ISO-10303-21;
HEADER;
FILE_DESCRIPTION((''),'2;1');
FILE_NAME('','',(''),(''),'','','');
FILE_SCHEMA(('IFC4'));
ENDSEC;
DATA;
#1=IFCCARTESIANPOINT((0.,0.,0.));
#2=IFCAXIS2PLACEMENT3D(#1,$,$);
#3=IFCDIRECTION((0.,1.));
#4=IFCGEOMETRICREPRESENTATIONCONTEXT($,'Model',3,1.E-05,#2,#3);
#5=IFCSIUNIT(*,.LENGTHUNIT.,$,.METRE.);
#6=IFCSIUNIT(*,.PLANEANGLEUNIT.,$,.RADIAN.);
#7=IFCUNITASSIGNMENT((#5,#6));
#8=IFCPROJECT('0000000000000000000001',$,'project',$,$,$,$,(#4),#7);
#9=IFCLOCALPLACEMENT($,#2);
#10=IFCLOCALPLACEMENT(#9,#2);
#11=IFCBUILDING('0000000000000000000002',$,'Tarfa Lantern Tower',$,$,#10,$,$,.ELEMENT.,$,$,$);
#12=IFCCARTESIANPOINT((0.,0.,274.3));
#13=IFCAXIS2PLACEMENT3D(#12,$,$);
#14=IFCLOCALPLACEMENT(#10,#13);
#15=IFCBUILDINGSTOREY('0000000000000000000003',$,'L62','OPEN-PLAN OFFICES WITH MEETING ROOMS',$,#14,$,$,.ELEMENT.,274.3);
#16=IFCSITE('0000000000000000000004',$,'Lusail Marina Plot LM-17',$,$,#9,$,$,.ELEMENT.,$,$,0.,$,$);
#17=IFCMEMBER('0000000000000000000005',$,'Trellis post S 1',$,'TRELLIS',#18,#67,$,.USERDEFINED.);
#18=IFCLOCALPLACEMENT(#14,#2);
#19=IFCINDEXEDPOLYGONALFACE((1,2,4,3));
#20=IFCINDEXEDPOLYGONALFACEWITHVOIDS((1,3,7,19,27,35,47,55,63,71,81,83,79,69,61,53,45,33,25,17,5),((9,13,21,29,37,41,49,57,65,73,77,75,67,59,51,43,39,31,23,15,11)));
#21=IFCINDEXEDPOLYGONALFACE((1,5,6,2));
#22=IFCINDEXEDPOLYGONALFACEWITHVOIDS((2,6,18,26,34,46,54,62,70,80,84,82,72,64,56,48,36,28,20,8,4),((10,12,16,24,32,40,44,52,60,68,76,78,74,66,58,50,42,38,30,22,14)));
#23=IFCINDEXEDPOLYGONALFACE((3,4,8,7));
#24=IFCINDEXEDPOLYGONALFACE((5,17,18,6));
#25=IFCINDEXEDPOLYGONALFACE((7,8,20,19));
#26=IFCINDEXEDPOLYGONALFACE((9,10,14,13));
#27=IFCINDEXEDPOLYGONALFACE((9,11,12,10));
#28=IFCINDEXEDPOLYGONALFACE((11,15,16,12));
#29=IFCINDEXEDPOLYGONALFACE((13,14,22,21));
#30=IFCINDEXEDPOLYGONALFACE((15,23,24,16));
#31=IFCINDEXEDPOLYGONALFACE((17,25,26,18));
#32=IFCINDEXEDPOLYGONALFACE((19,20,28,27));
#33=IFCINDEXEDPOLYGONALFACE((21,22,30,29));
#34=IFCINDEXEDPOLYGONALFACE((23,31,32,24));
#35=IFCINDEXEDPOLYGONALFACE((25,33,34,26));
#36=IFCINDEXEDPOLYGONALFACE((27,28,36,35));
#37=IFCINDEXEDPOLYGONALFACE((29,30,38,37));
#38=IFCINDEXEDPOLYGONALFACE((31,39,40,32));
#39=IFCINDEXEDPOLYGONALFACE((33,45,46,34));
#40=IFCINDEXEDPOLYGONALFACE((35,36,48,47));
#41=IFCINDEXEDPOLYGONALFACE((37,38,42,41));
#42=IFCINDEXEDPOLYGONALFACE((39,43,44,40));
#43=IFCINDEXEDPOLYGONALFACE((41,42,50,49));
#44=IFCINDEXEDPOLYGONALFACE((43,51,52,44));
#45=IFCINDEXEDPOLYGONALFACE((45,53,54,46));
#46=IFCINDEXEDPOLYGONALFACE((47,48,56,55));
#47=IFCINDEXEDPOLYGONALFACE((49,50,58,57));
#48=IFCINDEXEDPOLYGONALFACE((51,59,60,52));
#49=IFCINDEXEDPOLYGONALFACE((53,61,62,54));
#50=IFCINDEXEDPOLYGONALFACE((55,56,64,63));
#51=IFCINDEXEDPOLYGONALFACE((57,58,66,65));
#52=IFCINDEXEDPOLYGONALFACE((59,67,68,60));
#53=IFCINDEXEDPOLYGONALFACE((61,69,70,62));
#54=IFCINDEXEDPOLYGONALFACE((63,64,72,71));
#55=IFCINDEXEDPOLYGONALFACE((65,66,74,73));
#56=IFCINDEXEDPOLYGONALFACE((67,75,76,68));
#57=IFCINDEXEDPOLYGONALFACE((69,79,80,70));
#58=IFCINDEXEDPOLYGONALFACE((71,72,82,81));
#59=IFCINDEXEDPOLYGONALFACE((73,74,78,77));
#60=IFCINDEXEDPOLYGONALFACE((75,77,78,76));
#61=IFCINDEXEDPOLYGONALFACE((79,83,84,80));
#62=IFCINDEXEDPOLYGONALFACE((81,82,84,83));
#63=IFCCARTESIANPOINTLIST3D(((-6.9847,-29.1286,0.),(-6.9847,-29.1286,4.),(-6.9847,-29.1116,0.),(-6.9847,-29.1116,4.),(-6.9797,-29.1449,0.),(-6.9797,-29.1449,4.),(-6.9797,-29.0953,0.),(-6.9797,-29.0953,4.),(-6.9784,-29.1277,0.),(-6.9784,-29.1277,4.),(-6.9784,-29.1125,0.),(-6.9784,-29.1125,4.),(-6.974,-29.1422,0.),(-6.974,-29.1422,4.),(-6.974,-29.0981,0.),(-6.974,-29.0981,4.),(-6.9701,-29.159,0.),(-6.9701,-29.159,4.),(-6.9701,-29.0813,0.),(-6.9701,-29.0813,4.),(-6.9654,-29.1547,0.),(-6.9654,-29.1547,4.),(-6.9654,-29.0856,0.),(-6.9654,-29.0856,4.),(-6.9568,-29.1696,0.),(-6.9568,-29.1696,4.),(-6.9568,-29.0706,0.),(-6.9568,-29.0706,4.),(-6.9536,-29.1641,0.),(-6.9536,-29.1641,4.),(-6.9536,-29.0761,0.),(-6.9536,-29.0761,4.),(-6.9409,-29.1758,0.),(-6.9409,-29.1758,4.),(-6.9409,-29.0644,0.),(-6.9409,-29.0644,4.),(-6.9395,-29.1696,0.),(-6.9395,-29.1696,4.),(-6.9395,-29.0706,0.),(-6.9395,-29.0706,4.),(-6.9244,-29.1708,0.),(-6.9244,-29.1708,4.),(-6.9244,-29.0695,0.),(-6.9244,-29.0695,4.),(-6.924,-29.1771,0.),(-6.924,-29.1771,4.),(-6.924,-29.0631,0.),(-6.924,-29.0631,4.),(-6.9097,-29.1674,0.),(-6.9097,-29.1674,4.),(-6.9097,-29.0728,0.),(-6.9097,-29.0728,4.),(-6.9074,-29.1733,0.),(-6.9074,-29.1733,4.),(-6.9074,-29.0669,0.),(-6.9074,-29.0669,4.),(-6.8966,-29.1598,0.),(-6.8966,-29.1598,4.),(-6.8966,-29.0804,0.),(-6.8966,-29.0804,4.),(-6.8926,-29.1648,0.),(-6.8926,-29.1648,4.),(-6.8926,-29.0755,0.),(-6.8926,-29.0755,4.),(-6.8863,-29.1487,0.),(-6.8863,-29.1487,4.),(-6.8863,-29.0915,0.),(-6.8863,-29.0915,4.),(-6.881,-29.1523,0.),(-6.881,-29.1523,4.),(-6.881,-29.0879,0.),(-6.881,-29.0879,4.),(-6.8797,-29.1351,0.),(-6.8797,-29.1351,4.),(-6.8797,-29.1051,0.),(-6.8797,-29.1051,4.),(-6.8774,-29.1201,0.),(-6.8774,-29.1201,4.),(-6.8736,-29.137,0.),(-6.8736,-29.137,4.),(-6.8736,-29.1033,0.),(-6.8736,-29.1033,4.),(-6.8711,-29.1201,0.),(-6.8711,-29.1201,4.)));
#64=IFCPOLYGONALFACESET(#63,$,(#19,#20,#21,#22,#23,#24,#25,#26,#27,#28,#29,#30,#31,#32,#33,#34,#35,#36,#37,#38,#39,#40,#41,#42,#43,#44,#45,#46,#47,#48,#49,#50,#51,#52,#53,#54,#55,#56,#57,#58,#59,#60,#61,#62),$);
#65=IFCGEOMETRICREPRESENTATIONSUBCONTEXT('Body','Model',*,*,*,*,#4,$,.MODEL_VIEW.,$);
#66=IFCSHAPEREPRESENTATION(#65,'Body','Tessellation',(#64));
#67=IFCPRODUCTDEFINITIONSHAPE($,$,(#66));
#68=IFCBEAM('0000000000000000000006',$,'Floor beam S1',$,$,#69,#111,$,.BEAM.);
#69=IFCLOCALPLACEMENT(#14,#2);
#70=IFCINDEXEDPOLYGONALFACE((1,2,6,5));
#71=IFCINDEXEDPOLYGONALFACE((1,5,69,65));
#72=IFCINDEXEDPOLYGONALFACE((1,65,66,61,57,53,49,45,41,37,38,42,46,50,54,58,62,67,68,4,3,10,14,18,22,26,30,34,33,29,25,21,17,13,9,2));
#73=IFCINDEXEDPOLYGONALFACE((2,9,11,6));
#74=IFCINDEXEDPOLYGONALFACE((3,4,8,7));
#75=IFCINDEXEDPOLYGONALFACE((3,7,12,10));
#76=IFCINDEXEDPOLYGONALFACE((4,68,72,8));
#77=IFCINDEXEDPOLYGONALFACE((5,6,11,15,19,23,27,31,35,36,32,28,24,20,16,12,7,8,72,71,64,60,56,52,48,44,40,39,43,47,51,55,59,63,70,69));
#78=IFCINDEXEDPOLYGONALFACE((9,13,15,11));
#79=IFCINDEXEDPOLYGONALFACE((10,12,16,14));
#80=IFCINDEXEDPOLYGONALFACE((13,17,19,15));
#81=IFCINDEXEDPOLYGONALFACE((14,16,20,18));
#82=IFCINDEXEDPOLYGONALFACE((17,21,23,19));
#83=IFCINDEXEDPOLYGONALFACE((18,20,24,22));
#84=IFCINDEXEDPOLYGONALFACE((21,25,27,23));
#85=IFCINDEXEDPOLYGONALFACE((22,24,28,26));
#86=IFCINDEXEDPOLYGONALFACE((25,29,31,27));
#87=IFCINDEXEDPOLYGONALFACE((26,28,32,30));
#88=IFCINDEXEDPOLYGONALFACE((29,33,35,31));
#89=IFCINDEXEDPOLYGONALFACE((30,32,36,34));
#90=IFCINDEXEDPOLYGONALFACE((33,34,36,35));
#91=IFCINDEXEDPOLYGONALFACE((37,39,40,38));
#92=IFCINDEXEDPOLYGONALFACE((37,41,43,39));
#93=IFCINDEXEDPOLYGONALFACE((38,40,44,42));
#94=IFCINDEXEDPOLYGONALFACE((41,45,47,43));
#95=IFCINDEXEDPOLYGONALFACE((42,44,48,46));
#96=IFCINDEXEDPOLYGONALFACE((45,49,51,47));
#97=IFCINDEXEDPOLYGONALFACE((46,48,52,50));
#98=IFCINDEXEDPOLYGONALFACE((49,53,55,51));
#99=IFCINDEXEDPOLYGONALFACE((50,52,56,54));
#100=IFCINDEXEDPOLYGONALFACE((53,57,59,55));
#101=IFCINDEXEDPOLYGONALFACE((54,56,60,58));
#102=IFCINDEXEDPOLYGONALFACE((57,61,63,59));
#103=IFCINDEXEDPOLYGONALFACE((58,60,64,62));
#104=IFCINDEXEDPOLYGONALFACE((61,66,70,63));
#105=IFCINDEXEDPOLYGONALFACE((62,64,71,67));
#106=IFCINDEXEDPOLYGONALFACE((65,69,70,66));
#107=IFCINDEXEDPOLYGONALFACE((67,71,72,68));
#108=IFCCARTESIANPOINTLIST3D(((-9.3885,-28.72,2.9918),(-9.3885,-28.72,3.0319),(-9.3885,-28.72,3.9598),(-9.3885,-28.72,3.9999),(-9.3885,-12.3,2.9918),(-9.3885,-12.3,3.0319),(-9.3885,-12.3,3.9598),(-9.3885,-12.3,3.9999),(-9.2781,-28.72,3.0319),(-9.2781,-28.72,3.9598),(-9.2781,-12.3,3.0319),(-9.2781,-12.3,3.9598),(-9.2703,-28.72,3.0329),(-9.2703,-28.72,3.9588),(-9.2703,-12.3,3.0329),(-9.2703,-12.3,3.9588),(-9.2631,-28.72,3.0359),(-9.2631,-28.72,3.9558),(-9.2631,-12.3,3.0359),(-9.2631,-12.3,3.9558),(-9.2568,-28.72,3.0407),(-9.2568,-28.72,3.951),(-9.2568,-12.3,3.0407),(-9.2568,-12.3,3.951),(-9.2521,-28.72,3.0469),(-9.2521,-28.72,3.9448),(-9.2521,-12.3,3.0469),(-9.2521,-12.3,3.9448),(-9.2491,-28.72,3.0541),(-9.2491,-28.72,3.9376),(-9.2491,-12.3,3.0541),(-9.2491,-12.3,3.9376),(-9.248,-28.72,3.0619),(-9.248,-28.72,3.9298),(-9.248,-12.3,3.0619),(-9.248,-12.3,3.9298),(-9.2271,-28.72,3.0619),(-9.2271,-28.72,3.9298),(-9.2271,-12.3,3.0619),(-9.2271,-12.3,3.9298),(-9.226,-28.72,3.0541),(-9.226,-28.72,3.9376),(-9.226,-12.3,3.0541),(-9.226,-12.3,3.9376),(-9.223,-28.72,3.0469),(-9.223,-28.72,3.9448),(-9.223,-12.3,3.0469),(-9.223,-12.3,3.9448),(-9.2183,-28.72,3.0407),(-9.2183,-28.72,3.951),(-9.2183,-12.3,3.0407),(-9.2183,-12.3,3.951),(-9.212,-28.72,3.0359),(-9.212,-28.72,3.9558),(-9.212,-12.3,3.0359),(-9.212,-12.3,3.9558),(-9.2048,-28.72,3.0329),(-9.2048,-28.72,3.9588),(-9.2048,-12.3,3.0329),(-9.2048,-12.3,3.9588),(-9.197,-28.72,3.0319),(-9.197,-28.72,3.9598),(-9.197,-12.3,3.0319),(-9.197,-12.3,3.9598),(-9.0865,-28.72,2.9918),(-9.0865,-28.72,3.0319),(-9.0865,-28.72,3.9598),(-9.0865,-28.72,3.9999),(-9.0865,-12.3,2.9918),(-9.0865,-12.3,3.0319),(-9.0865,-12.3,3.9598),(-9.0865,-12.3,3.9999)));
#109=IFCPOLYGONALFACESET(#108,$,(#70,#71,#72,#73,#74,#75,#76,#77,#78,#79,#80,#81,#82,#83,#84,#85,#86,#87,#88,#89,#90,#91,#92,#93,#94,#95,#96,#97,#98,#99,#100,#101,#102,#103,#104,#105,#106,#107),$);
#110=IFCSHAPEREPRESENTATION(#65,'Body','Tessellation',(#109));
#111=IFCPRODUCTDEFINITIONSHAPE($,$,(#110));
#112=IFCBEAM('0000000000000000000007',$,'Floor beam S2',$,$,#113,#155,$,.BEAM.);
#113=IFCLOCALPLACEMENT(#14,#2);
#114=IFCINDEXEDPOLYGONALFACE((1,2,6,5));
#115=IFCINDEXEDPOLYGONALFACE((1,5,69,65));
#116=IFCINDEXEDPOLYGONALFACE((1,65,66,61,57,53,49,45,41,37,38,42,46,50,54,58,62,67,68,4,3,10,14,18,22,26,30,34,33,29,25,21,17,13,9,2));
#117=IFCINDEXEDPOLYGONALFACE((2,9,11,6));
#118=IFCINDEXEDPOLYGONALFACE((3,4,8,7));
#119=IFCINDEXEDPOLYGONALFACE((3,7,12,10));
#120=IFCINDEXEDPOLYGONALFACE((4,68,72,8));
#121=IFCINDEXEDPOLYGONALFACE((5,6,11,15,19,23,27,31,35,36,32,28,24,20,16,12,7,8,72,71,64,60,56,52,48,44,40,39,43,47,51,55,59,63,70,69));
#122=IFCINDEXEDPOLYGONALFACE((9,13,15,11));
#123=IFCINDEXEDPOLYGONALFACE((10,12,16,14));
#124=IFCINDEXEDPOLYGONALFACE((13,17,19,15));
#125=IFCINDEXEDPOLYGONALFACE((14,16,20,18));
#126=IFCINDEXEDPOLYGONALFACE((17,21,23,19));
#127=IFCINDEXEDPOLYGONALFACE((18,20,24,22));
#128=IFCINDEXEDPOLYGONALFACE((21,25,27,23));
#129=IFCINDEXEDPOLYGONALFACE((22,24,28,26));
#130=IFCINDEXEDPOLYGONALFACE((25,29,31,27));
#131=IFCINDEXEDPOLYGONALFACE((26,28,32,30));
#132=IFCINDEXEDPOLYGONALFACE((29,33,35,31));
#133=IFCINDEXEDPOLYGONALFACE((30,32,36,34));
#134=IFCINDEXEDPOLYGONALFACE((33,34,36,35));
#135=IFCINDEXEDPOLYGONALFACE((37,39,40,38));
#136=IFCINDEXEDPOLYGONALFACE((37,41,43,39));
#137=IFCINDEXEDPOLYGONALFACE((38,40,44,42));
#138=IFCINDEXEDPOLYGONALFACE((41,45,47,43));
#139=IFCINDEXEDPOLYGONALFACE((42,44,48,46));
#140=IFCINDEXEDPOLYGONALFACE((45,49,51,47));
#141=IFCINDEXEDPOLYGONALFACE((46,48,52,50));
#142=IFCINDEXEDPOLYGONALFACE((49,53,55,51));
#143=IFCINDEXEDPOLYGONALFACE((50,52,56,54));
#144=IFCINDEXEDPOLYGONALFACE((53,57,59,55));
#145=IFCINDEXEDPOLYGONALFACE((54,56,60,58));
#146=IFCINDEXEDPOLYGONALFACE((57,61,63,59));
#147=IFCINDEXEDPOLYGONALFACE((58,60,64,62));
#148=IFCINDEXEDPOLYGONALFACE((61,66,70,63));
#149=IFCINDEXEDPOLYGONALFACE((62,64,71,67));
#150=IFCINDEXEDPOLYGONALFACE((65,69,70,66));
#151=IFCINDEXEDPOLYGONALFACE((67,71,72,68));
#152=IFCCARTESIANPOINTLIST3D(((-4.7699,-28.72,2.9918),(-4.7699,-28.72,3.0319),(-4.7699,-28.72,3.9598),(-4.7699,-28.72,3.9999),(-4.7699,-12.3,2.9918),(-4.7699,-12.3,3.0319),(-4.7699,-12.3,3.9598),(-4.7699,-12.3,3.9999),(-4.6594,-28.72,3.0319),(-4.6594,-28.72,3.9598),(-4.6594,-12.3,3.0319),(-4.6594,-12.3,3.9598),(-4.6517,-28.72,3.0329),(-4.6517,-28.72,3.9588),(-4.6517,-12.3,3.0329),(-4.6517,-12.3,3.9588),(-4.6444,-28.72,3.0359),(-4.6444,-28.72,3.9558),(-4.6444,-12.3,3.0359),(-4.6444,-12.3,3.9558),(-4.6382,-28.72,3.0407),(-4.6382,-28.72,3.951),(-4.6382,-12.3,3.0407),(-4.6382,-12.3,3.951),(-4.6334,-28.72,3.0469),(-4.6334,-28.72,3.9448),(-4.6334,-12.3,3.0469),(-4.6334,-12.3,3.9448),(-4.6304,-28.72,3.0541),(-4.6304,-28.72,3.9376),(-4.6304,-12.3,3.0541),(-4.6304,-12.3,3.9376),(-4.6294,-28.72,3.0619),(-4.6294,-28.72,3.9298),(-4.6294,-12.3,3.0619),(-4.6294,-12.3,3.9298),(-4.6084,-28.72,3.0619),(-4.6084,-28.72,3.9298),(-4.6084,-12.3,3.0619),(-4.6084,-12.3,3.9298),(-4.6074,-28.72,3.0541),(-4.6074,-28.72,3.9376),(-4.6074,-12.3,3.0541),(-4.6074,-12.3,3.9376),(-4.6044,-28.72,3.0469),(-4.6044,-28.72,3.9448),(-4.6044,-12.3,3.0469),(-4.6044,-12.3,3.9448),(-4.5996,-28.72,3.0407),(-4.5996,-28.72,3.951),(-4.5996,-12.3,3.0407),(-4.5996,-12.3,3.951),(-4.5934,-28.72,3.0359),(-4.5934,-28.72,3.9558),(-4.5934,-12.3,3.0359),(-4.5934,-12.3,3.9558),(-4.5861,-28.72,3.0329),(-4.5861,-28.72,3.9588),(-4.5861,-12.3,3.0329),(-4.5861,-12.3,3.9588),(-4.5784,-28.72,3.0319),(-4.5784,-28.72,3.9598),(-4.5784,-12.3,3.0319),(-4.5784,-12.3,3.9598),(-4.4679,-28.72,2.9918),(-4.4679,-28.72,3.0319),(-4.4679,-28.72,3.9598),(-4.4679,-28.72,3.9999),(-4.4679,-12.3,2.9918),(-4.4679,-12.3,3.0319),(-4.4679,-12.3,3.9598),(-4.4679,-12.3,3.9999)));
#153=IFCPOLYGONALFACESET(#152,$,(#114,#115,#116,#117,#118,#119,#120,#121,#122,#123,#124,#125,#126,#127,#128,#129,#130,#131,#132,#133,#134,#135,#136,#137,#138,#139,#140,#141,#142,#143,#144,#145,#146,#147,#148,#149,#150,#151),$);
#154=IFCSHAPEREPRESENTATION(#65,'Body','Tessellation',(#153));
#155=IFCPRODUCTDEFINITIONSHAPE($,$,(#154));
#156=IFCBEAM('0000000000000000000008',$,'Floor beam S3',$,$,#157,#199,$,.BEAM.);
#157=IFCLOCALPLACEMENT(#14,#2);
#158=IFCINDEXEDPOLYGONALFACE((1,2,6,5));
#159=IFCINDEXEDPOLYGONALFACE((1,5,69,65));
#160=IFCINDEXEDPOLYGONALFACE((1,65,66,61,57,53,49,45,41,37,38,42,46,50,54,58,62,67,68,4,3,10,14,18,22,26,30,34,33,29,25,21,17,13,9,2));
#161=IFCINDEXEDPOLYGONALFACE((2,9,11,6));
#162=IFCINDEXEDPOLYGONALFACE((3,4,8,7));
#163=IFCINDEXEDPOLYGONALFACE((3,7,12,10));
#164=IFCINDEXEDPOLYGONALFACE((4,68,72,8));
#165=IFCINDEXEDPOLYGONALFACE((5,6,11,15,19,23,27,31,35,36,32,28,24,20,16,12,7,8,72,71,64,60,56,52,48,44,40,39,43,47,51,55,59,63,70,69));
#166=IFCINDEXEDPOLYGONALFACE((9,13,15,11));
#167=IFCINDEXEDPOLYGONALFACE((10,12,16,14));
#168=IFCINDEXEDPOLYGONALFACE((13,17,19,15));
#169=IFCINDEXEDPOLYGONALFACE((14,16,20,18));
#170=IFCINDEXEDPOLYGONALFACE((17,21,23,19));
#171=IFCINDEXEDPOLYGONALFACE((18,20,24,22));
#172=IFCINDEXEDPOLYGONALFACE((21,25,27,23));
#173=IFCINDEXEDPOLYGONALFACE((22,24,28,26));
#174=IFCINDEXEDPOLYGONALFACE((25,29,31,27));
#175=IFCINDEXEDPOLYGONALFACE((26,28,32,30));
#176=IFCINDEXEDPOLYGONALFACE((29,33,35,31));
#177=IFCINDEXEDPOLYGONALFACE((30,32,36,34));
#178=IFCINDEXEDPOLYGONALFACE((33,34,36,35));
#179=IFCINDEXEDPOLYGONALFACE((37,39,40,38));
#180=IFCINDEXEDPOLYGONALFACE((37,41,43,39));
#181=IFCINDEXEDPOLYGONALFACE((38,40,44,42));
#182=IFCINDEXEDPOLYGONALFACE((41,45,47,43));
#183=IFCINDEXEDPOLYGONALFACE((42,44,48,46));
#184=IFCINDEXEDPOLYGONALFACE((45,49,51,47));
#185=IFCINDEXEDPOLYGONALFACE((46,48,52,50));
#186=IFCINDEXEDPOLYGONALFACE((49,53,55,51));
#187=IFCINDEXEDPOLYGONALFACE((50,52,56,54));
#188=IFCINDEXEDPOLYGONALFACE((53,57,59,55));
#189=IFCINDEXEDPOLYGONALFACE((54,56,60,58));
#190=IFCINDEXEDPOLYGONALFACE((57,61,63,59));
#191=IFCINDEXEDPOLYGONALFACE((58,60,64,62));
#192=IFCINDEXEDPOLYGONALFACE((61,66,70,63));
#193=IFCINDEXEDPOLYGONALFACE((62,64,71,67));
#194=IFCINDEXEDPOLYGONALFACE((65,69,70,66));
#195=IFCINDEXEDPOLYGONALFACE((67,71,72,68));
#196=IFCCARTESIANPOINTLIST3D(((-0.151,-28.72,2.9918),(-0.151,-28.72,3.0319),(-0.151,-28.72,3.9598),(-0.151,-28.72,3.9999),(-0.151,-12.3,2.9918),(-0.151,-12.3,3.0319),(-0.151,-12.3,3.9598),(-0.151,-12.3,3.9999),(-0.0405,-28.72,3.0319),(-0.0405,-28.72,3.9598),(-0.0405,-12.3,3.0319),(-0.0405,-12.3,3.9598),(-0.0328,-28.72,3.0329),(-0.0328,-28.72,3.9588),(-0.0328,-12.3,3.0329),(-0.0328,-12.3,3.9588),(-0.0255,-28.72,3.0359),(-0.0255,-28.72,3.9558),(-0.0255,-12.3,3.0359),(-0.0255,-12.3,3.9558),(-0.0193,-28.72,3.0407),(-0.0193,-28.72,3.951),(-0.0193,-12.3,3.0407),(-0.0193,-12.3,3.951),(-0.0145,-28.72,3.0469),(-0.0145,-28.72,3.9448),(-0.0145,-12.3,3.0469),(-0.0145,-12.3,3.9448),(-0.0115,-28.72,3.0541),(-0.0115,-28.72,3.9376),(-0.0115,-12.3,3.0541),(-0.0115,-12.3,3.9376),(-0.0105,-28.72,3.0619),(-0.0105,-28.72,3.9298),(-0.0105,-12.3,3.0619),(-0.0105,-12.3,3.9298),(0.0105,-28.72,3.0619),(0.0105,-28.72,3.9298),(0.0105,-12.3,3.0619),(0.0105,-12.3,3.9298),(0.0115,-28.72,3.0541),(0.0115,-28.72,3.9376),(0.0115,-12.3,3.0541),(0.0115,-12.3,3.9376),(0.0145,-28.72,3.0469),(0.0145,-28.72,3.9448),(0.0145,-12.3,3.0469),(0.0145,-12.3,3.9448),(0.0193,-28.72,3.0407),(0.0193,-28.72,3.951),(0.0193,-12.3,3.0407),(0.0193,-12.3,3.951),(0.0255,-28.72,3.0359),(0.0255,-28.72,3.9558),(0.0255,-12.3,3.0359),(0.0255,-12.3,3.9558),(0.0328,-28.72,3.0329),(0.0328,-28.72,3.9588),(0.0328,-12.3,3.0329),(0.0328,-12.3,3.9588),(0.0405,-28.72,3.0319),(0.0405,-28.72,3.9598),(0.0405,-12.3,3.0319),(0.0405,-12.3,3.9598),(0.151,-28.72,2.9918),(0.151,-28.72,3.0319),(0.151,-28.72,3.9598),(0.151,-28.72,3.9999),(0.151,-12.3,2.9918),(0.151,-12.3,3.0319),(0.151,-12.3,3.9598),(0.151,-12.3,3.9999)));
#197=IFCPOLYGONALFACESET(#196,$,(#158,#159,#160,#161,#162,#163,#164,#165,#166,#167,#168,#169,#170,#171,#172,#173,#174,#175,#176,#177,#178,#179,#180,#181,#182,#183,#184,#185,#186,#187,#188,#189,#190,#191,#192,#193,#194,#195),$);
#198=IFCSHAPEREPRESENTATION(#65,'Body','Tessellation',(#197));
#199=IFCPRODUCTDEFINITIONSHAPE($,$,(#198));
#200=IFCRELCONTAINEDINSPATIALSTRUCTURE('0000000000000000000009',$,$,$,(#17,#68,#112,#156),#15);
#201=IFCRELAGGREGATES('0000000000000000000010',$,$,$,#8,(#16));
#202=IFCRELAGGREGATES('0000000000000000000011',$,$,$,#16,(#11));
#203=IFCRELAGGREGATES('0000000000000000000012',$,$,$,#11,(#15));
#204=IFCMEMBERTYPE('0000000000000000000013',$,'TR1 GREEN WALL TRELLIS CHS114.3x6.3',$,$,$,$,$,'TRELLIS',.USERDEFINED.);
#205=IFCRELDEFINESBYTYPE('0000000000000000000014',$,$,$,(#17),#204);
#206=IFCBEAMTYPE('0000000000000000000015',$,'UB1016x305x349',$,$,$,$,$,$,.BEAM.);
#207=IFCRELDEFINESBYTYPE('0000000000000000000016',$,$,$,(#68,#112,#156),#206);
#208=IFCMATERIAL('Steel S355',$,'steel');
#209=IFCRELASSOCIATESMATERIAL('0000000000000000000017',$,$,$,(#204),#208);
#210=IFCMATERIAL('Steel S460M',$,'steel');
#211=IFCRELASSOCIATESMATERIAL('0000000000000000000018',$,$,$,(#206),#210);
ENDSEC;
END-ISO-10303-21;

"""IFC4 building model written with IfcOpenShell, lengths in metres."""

from ifc_helpers import new_model, si_unit, direction, frame, origin, origin_2d, place, context, subcontext, project, spatial, hollow_circle, i_section, extrude, material, material_profile, profile_set, type_object, element, save


model = new_model("IFC4")

# Units and contexts
model_context = context("Model", 3, precision=1e-05, world=origin(), true_north=direction((0.0, 1.0)))
body_context = subcontext(model_context, "Body", "Model", "MODEL_VIEW")
ifc_project = project(units=[si_unit("LENGTHUNIT", "METRE"), si_unit("PLANEANGLEUNIT", "RADIAN")], contexts=[model_context])

# Site, building, storey
site_placement = place(None, origin())
site = spatial("IfcSite", under=ifc_project, at=site_placement, Name="Lusail Marina Plot LM-17", CompositionType="ELEMENT", RefElevation=0.0)
building_placement = place(site_placement, origin())
building = spatial("IfcBuilding", under=site, at=building_placement, Name="Tarfa Lantern Tower", CompositionType="ELEMENT")
storey_placement = place(building_placement, frame((0.0, 0.0, 274.3)))
storey = spatial("IfcBuildingStorey", under=building, at=storey_placement, Name="L62", Description="OPEN-PLAN OFFICES WITH MEETING ROOMS", CompositionType="ELEMENT", Elevation=274.3)

# Member
ifc_material_1 = material(Name="Steel S355", Category="steel")
ifc_material_profile_1 = material_profile(ifc_material_1, hollow_circle(Radius=0.0571, WallThickness=0.0063, at=origin_2d()), Name="CHS114.3x6.3")
ifc_profile_set_1 = profile_set([ifc_material_profile_1], Name="Steel S355")
member_type_1 = type_object("IfcMemberType", Name="TR1 GREEN WALL TRELLIS CHS114.3x6.3", ElementType="TRELLIS", PredefinedType="USERDEFINED", material=ifc_profile_set_1)
member_1_placement = place(storey_placement, frame((-6.9282, -29.1201, 0.0), z_axis=(0.0, 0.0, 1.0), x_axis=(1.0, 0.0, 0.0)))
element("IfcMember", 1, at=member_1_placement, inside=storey, type_object=member_type_1, Name="Trellis post S 1", ObjectType="TRELLIS", PredefinedType="USERDEFINED", context=body_context, shape_type="SweptSolid", body=[
    extrude(hollow_circle(Radius=0.0571, WallThickness=0.0063, at=origin_2d()), origin(), (0.0, 0.0, 1.0), 4.0),
])

# Beams
ifc_material_2 = material(Name="Steel S460M", Category="steel")
ifc_material_profile_2 = material_profile(ifc_material_2, i_section(OverallWidth=0.302, OverallDepth=1.0081, WebThickness=0.021, FlangeThickness=0.04, FilletRadius=0.03, at=origin_2d()), Name="UB1016x305x349")
ifc_profile_set_2 = profile_set([ifc_material_profile_2], Name="Steel S460M")
beam_type_1 = type_object("IfcBeamType", Name="UB1016x305x349", PredefinedType="BEAM", material=ifc_profile_set_2)
for number, where, z_axis, x_axis, name in (
    (2, (-9.2375, -28.72, 3.4958), (0.0, 1.0, 0.0), (-1.0, 0.0, 0.0), "Floor beam S1"),
    (3, (-4.6189, -28.72, 3.4958), (0.0, 1.0, 0.0), (-1.0, 0.0, 0.0), "Floor beam S2"),
    (4, (0.0, -28.72, 3.4958), (0.0, 1.0, 0.0), (-1.0, 0.0, 0.0), "Floor beam S3"),
):
    element("IfcBeam", number, at=place(storey_placement, frame(where, z_axis=z_axis, x_axis=x_axis)), inside=storey, type_object=beam_type_1, Name=name, PredefinedType="BEAM", context=body_context, shape_type="SweptSolid", body=[
        extrude(i_section(OverallWidth=0.302, OverallDepth=1.0081, WebThickness=0.021, FlangeThickness=0.04, FilletRadius=0.03, at=origin_2d()), origin(), (0.0, 0.0, 1.0), 16.4199),
    ])

save(model, "model.ifc")
